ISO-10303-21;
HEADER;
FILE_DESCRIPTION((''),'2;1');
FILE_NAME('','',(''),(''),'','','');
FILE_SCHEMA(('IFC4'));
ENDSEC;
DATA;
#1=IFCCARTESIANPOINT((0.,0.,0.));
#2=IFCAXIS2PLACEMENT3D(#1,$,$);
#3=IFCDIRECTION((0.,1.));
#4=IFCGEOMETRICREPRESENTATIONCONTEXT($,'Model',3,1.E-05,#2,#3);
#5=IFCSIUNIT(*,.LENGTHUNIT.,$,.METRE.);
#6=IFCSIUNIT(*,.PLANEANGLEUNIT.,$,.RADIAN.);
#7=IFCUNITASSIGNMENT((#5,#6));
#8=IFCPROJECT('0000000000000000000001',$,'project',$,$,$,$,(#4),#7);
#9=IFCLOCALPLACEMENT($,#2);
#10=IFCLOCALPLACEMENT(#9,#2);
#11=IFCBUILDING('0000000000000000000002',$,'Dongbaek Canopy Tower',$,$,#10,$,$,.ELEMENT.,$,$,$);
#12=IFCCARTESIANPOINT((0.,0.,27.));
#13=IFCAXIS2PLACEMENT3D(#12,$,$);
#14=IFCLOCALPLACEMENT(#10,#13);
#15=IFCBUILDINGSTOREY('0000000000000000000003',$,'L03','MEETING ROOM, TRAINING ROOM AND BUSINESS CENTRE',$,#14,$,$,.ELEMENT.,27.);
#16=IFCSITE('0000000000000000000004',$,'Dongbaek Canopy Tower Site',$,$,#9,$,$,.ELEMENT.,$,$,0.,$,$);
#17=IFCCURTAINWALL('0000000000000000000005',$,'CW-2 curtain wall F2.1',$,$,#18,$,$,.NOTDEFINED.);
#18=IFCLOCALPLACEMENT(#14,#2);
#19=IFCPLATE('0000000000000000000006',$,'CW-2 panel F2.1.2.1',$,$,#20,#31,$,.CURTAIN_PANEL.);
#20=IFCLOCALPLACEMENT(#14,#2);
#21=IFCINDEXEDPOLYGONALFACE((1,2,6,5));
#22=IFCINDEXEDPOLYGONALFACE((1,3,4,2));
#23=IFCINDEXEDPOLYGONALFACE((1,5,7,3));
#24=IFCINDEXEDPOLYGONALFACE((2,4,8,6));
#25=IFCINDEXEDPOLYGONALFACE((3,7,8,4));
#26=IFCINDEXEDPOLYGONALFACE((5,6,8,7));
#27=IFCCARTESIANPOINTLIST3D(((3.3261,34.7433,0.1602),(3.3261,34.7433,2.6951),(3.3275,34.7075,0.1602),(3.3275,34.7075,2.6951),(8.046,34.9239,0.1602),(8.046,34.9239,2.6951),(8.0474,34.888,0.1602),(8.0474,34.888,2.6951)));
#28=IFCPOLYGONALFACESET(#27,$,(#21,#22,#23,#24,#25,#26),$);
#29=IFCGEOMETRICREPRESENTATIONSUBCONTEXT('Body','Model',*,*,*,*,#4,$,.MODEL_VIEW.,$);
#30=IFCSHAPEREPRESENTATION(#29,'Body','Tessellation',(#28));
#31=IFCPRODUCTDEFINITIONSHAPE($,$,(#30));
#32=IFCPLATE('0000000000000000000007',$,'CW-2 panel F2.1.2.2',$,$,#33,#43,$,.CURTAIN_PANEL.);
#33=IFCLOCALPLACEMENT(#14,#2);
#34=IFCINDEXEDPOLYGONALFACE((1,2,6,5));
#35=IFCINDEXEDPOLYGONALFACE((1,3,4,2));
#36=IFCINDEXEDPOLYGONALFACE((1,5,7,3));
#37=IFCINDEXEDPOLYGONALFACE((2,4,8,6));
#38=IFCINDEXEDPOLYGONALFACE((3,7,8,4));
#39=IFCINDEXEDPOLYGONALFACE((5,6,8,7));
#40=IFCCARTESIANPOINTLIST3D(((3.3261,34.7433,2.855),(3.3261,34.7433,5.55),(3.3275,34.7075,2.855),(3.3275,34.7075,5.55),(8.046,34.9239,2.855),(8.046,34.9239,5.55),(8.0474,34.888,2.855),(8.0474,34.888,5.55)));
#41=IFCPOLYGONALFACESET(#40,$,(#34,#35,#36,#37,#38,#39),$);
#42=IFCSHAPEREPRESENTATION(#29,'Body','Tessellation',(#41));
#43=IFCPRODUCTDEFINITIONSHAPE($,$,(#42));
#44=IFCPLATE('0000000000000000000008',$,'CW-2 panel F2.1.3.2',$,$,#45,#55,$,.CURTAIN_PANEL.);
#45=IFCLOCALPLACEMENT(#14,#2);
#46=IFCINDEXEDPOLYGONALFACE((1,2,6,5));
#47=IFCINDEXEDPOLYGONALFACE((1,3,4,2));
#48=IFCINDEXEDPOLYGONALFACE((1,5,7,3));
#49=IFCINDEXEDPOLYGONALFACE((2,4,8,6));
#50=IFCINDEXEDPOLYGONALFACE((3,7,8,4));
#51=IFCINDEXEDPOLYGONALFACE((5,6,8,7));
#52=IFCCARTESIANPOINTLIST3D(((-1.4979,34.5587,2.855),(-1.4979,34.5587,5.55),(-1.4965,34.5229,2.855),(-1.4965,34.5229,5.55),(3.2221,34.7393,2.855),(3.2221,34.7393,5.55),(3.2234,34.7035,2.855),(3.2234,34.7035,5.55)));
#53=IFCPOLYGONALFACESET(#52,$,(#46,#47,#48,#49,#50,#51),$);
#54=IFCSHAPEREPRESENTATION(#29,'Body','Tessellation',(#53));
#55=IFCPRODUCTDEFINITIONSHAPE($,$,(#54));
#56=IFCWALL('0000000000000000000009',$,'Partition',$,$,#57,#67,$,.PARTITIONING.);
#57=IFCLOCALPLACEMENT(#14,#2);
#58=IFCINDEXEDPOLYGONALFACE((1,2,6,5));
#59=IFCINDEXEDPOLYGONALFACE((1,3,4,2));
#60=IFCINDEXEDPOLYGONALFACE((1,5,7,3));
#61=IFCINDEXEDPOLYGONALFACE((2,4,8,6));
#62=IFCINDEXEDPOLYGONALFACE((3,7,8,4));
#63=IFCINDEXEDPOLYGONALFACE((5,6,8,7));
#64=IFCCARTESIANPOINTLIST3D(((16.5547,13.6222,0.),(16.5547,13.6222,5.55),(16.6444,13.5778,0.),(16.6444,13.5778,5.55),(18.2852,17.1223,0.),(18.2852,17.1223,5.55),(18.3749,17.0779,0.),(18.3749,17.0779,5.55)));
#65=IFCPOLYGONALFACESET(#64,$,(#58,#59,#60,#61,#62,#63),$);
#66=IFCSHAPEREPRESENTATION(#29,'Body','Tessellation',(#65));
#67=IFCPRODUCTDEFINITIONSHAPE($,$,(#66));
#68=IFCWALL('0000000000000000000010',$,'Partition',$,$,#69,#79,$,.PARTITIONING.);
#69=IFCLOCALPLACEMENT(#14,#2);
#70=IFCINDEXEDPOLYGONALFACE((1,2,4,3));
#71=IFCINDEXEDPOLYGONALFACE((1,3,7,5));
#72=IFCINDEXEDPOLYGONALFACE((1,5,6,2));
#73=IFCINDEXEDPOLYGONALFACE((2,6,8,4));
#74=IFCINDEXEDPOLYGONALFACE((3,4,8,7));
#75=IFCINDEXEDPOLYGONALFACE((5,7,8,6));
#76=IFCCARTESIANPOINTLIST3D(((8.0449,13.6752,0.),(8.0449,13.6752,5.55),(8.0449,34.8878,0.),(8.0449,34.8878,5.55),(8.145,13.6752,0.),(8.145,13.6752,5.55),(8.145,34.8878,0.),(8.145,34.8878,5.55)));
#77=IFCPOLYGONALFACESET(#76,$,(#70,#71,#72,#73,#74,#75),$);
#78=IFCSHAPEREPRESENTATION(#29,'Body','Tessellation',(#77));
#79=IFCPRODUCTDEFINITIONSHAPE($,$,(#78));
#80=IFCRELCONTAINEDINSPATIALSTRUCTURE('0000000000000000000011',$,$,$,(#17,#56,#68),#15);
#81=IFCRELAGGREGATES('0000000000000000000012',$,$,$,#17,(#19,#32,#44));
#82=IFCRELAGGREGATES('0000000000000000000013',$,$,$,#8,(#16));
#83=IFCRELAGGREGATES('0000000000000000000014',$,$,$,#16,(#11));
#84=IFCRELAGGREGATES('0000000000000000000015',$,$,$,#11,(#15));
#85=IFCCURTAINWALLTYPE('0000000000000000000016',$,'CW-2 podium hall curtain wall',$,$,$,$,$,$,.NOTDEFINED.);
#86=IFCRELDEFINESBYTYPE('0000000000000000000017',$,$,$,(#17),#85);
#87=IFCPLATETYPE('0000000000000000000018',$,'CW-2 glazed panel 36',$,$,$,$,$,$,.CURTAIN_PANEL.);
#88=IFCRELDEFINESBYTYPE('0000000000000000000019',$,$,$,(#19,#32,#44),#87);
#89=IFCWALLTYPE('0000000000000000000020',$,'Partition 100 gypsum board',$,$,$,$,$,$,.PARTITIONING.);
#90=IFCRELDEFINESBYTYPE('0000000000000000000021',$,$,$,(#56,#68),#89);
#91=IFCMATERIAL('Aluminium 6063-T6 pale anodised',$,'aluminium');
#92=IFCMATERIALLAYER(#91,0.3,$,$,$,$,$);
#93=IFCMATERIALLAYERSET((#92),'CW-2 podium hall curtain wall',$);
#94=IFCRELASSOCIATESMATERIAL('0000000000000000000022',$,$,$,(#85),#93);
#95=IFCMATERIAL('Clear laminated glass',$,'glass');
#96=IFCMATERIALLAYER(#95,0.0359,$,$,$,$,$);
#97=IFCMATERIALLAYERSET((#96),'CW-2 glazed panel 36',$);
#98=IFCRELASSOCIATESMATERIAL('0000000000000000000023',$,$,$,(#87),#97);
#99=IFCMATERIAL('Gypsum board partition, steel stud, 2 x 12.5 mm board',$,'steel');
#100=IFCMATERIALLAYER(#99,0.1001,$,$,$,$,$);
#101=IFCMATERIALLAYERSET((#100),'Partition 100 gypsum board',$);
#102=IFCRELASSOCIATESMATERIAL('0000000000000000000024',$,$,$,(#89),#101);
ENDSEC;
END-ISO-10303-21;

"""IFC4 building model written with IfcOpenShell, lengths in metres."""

from ifc_helpers import new_model, si_unit, direction, frame, frame_2d, origin, origin_2d, place, context, subcontext, project, spatial, rectangle, extrude, material, layer, layer_set, type_object, element, aggregate, save


model = new_model("IFC4")

# Units and contexts
model_context = context("Model", 3, precision=1e-05, world=origin(), true_north=direction((0.0, 1.0)))
body_context = subcontext(model_context, "Body", "Model", "MODEL_VIEW")
ifc_project = project(units=[si_unit("LENGTHUNIT", "METRE"), si_unit("PLANEANGLEUNIT", "RADIAN")], contexts=[model_context])

# Site, building, storey
site_placement = place(None, origin())
site = spatial("IfcSite", under=ifc_project, at=site_placement, Name="Dongbaek Canopy Tower Site", CompositionType="ELEMENT", RefElevation=0.0)
building_placement = place(site_placement, origin())
building = spatial("IfcBuilding", under=site, at=building_placement, Name="Dongbaek Canopy Tower", CompositionType="ELEMENT")
storey_placement = place(building_placement, frame((0.0, 0.0, 27.0)))
storey = spatial("IfcBuildingStorey", under=building, at=storey_placement, Name="L03", Description="MEETING ROOM, TRAINING ROOM AND BUSINESS CENTRE", CompositionType="ELEMENT", Elevation=27.0)

# Shared definitions
ifc_material_1 = material(Name="Aluminium 6063-T6 pale anodised", Category="aluminium")
ifc_layer_1 = layer(ifc_material_1, 0.3)
ifc_layer_set_1 = layer_set([ifc_layer_1], Name="CW-2 podium hall curtain wall")
curtain_wall_type = type_object("IfcCurtainWallType", Name="CW-2 podium hall curtain wall", PredefinedType="NOTDEFINED", material=ifc_layer_set_1)

# Curtain wall
curtain_wall_1_placement = place(storey_placement, origin())
curtain_wall_1 = element("IfcCurtainWall", 1, at=curtain_wall_1_placement, inside=storey, type_object=curtain_wall_type, Name="CW-2 curtain wall F2.1", PredefinedType="NOTDEFINED")

# Plates
ifc_material_2 = material(Name="Clear laminated glass", Category="glass")
ifc_layer_2 = layer(ifc_material_2, 0.0359)
ifc_layer_set_2 = layer_set([ifc_layer_2], Name="CW-2 glazed panel 36")
plate_type = type_object("IfcPlateType", Name="CW-2 glazed panel 36", PredefinedType="CURTAIN_PANEL", material=ifc_layer_set_2)
plate_1_placement = place(storey_placement, frame((5.6868, 34.8157, 0.1602), z_axis=(0.0, 0.0, 1.0), x_axis=(-0.999269, -0.038232, 0.0)))
plate_1 = element("IfcPlate", 2, at=plate_1_placement, type_object=plate_type, Name="CW-2 panel F2.1.2.1", PredefinedType="CURTAIN_PANEL", context=body_context, shape_type="SweptSolid", body=[
    extrude(rectangle(XDim=4.7234, YDim=0.0359, at=origin_2d()), origin(), (0.0, 0.0, 1.0), 2.5349),
])
plate_2_placement = place(storey_placement, frame((5.6868, 34.8157, 2.855), z_axis=(0.0, 0.0, 1.0), x_axis=(-0.999269, -0.038232, 0.0)))
plate_2 = element("IfcPlate", 3, at=plate_2_placement, type_object=plate_type, Name="CW-2 panel F2.1.2.2", PredefinedType="CURTAIN_PANEL", context=body_context, shape_type="SweptSolid", body=[
    extrude(rectangle(XDim=4.7234, YDim=0.0359, at=origin_2d()), origin(), (0.0, 0.0, 1.0), 2.6951),
])
plate_3_placement = place(storey_placement, frame((0.8628, 34.6311, 2.855), z_axis=(0.0, 0.0, 1.0), x_axis=(-0.999269, -0.038232, 0.0)))
plate_3 = element("IfcPlate", 4, at=plate_3_placement, type_object=plate_type, Name="CW-2 panel F2.1.3.2", PredefinedType="CURTAIN_PANEL", context=body_context, shape_type="SweptSolid", body=[
    extrude(rectangle(XDim=4.7234, YDim=0.0359, at=origin_2d()), origin(), (0.0, 0.0, 1.0), 2.6951),
])
aggregate(curtain_wall_1, [plate_1, plate_2, plate_3])

# Walls
ifc_material_3 = material(Name="Gypsum board partition, steel stud, 2 x 12.5 mm board", Category="steel")
ifc_layer_3 = layer(ifc_material_3, 0.1001)
ifc_layer_set_3 = layer_set([ifc_layer_3], Name="Partition 100 gypsum board")
wall_type = type_object("IfcWallType", Name="Partition 100 gypsum board", PredefinedType="PARTITIONING", material=ifc_layer_set_3)
wall_1_placement = place(storey_placement, frame((16.5996, 13.6001, 0.0), z_axis=(0.0, 0.0, 1.0), x_axis=(0.443207, 0.896419, 0.0)))
element("IfcWall", 5, at=wall_1_placement, inside=storey, type_object=wall_type, Name="Partition", PredefinedType="PARTITIONING", context=body_context, shape_type="SweptSolid", body=[
    extrude(rectangle(XDim=3.9045, YDim=0.1001, at=frame_2d((1.9521, 0.0))), origin(), (0.0, 0.0, 1.0), 5.55),
])
wall_2_placement = place(storey_placement, frame((8.095, 13.675, 0.0), z_axis=(0.0, 0.0, 1.0), x_axis=(0.0, 1.0, 0.0)))
element("IfcWall", 6, at=wall_2_placement, inside=storey, type_object=wall_type, Name="Partition", PredefinedType="PARTITIONING", context=body_context, shape_type="SweptSolid", body=[
    extrude(rectangle(XDim=21.2126, YDim=0.1001, at=frame_2d((10.6064, 0.0))), origin(), (0.0, 0.0, 1.0), 5.55),
])

save(model, "model.ifc")
